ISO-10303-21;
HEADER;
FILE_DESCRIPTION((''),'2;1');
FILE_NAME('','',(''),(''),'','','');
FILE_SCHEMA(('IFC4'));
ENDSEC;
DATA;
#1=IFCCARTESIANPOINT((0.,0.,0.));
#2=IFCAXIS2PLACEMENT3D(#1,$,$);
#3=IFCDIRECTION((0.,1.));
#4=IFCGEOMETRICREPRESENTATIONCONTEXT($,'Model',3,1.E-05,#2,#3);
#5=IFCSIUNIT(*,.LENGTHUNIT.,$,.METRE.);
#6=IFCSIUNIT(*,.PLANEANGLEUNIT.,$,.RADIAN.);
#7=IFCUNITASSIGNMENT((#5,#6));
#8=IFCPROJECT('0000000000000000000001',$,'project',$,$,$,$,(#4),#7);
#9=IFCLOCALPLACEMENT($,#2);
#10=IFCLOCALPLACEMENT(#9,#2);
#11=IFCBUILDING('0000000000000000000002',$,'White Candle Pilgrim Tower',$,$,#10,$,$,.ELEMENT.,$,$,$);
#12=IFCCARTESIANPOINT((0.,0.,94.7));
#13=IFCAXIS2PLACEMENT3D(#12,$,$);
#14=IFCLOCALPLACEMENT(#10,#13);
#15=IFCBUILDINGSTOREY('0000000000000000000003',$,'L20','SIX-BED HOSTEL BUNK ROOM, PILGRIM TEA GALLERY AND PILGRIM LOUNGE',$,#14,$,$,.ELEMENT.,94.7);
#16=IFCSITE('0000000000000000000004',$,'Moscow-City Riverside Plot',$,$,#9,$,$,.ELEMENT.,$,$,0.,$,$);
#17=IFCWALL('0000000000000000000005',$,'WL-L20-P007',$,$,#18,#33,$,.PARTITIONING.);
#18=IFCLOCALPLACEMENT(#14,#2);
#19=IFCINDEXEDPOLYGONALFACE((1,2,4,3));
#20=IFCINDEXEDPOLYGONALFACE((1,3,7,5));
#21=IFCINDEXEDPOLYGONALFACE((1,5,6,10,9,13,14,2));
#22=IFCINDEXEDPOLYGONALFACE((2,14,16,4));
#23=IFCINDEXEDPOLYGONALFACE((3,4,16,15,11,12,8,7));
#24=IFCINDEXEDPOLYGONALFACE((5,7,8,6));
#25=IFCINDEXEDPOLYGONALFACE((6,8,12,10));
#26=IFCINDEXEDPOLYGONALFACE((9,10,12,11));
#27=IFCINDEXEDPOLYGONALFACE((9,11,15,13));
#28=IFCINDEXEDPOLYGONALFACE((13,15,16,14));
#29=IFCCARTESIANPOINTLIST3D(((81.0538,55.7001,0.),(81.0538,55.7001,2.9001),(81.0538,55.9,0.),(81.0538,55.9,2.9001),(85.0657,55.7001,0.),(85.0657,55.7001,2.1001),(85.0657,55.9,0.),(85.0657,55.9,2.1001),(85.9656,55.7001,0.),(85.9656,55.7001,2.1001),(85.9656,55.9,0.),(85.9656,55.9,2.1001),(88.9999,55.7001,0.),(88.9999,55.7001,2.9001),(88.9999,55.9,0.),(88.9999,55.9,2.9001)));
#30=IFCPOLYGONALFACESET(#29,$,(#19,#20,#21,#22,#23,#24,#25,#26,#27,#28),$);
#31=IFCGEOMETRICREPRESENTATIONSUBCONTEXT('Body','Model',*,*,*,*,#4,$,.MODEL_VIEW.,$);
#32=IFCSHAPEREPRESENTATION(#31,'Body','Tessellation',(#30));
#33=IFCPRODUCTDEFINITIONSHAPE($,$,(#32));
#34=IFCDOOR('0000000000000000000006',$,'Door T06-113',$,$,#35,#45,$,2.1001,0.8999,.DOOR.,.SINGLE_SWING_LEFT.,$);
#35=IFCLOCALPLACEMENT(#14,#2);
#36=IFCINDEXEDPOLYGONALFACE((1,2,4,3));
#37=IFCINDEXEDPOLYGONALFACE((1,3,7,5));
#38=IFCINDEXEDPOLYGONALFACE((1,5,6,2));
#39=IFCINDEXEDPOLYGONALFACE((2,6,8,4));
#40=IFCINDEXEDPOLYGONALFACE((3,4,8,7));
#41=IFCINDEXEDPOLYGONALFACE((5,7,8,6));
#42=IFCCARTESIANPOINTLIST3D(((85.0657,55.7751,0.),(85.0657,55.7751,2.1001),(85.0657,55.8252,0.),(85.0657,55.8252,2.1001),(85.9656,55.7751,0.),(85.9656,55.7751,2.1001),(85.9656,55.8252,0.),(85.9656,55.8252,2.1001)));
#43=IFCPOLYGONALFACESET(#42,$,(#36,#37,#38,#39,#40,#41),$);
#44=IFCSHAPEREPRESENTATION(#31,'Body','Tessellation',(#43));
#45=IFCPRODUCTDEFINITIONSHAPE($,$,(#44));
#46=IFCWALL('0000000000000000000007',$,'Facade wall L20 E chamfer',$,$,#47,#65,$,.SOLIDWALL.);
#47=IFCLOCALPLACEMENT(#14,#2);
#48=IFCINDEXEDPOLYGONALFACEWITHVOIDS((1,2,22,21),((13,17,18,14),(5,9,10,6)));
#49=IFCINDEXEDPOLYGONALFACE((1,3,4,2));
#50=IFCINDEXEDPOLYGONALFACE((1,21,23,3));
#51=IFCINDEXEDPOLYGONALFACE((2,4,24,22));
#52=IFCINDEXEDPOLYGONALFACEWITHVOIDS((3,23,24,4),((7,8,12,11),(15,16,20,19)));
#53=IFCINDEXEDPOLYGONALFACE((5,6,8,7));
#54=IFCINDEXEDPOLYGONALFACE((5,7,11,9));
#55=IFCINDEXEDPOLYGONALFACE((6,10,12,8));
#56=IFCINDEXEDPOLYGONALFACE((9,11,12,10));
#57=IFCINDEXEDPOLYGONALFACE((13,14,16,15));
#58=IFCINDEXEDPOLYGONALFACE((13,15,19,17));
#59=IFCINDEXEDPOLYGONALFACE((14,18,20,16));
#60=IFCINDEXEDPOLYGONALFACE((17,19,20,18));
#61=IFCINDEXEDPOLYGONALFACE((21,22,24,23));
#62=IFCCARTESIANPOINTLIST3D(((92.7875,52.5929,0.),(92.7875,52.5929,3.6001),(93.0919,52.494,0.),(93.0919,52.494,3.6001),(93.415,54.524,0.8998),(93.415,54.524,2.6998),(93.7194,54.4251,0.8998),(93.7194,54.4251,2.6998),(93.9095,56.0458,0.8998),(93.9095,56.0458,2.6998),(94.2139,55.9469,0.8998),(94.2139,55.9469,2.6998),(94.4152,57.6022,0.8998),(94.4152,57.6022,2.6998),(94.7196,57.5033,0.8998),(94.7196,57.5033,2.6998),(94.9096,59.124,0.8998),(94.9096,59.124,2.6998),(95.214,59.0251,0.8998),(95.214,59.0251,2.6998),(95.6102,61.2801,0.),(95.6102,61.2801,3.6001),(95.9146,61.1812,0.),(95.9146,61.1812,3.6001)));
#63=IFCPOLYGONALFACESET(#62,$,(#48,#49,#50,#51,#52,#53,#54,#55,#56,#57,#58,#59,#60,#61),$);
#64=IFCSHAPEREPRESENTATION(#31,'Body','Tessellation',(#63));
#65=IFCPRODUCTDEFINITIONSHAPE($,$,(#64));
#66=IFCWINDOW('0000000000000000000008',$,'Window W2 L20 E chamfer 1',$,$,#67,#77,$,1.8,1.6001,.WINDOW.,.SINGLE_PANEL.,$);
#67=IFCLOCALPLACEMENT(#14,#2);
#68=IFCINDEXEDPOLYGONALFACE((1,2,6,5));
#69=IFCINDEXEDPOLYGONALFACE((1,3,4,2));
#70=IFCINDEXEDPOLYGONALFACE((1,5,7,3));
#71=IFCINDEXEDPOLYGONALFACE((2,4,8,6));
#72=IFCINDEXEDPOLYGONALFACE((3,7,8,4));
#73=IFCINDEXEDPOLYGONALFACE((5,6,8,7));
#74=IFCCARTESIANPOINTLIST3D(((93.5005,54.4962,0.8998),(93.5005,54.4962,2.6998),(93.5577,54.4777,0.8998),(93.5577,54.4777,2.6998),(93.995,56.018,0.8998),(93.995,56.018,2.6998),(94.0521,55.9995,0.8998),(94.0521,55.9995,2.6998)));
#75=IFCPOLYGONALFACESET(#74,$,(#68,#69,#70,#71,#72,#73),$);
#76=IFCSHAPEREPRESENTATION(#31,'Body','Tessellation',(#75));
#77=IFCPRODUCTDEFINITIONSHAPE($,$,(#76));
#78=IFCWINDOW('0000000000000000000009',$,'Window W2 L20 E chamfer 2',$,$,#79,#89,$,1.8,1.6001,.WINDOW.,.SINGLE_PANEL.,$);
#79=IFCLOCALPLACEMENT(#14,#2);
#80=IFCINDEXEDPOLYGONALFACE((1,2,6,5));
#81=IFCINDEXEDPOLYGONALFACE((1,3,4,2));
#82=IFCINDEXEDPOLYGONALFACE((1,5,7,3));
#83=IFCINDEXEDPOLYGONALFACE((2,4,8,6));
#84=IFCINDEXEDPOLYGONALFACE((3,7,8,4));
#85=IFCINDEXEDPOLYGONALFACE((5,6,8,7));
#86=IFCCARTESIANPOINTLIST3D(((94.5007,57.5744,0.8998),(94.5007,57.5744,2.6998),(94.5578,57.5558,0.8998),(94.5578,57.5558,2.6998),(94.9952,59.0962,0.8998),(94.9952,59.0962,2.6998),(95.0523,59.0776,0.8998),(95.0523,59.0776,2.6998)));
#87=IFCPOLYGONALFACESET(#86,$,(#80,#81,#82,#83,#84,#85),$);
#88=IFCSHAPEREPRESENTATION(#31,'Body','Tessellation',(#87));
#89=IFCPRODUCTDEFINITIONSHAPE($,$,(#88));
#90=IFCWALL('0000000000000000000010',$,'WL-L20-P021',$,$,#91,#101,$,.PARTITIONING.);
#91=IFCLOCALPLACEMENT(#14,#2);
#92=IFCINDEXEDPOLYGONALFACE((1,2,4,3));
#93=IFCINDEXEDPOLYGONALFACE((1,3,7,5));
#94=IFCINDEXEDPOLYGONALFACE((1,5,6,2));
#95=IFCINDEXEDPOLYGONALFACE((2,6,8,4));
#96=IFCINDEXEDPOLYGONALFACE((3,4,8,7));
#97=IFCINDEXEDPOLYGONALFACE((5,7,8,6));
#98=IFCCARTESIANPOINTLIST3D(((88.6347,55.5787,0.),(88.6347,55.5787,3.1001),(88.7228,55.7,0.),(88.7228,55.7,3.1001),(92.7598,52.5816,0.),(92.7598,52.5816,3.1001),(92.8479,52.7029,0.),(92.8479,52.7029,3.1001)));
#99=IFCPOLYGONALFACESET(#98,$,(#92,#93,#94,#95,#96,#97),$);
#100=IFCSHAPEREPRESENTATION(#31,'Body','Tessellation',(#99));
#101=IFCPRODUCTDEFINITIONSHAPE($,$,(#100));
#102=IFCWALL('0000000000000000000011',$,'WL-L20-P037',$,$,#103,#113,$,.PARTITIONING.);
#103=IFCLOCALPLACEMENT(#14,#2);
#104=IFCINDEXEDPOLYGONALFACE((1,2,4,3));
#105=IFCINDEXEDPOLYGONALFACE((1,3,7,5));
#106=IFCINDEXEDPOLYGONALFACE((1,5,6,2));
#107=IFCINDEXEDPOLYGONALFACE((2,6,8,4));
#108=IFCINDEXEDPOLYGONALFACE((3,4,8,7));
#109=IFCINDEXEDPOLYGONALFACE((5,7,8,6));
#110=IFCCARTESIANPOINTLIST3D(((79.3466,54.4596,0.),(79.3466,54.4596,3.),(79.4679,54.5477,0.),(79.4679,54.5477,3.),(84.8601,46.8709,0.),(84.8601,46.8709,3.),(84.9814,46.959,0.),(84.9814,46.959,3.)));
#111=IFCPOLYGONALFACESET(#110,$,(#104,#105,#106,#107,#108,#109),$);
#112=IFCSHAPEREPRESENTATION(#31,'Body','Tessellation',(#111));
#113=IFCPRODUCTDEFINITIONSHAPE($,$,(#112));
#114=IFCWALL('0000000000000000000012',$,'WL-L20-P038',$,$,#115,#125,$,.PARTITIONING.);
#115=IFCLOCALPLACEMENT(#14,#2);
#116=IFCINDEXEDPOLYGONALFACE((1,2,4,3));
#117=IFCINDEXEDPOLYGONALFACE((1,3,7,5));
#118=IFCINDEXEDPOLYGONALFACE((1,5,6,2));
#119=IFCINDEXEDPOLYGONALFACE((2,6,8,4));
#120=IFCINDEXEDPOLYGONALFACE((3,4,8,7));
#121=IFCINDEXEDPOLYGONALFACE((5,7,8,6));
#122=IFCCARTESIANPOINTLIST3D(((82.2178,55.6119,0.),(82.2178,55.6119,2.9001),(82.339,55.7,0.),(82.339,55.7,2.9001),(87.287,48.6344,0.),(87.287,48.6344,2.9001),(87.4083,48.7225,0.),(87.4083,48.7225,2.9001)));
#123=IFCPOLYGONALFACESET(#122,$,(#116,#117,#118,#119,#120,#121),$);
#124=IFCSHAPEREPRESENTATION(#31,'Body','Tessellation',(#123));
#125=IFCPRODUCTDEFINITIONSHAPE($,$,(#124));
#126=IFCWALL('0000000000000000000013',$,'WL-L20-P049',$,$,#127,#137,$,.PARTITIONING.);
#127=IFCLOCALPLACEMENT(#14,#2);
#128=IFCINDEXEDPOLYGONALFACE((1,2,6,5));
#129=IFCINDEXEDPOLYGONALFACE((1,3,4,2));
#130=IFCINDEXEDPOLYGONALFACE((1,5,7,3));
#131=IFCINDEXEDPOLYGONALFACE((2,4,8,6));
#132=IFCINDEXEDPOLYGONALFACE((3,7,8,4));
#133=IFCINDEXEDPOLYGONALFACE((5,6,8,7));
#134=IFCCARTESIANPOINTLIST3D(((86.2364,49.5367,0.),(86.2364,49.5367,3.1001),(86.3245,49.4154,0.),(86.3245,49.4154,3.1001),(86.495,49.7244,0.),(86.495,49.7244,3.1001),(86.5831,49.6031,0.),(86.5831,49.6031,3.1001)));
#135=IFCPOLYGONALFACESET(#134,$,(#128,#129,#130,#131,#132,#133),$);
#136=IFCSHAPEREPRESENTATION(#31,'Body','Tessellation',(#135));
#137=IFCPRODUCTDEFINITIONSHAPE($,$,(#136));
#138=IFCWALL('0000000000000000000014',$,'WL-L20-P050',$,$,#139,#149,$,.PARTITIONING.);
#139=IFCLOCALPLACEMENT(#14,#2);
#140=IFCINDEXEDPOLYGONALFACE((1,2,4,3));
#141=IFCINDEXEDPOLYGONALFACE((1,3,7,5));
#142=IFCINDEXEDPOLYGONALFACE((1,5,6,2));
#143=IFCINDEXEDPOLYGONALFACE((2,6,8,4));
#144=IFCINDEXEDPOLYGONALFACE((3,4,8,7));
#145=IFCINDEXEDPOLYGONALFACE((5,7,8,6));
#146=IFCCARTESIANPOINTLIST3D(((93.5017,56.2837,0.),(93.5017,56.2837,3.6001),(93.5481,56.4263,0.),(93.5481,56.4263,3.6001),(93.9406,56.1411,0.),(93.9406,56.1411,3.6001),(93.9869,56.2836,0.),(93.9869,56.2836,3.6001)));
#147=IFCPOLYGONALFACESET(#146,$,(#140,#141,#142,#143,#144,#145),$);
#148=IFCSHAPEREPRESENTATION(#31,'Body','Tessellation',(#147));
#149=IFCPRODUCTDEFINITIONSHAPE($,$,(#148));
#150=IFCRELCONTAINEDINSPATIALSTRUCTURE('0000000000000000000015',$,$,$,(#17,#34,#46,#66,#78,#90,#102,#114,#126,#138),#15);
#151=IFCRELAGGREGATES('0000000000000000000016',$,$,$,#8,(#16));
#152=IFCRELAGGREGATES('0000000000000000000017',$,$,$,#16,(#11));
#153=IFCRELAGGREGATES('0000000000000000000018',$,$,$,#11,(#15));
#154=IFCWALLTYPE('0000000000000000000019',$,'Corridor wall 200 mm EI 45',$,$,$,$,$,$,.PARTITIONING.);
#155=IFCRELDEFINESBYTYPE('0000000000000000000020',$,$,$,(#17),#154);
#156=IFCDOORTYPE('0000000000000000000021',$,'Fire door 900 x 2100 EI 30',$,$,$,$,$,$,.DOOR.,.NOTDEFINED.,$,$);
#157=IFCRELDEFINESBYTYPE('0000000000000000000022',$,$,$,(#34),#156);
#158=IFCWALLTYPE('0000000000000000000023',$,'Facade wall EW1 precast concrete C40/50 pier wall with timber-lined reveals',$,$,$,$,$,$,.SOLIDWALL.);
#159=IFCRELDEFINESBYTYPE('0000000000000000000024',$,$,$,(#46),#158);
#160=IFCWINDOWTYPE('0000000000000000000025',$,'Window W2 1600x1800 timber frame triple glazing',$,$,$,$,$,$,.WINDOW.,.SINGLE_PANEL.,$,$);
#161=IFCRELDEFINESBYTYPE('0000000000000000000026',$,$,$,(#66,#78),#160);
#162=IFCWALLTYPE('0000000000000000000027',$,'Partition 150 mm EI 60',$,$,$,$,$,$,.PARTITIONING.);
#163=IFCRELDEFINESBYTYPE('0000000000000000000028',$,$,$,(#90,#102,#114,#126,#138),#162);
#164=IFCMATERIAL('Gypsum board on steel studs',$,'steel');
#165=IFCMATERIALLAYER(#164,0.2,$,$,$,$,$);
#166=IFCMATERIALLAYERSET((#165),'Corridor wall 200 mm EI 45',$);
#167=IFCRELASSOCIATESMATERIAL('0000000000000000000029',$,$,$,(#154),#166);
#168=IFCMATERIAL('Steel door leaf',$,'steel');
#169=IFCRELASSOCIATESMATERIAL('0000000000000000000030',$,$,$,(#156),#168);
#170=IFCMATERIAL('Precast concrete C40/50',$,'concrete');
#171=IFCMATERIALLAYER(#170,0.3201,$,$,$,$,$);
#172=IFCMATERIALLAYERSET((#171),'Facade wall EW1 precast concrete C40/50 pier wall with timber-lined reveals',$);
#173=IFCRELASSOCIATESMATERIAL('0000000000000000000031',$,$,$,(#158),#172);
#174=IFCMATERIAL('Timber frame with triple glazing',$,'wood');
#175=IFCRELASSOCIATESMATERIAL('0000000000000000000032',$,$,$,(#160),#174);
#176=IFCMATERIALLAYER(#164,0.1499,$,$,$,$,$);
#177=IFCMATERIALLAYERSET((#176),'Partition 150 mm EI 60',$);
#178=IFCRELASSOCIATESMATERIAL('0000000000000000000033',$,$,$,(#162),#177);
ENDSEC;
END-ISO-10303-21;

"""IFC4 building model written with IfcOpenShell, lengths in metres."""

from ifc_helpers import new_model, si_unit, direction, frame, frame_2d, origin, place, context, subcontext, project, spatial, rectangle, extrude, material, layer, layer_set, type_object, element, fill, save


model = new_model("IFC4")

# Units and contexts
model_context = context("Model", 3, precision=1e-05, world=origin(), true_north=direction((0.0, 1.0)))
body_context = subcontext(model_context, "Body", "Model", "MODEL_VIEW")
ifc_project = project(units=[si_unit("LENGTHUNIT", "METRE"), si_unit("PLANEANGLEUNIT", "RADIAN")], contexts=[model_context])

# Site, building, storey
site_placement = place(None, origin())
site = spatial("IfcSite", under=ifc_project, at=site_placement, Name="Moscow-City Riverside Plot", CompositionType="ELEMENT", RefElevation=0.0)
building_placement = place(site_placement, origin())
building = spatial("IfcBuilding", under=site, at=building_placement, Name="White Candle Pilgrim Tower", CompositionType="ELEMENT")
storey_placement = place(building_placement, frame((0.0, 0.0, 94.7)))
storey = spatial("IfcBuildingStorey", under=building, at=storey_placement, Name="L20", Description="SIX-BED HOSTEL BUNK ROOM, PILGRIM TEA GALLERY AND PILGRIM LOUNGE", CompositionType="ELEMENT", Elevation=94.7)

# Wall, opening, door
ifc_material_1 = material(Name="Gypsum board on steel studs", Category="steel")
ifc_layer_1 = layer(ifc_material_1, 0.2)
ifc_layer_set_1 = layer_set([ifc_layer_1], Name="Corridor wall 200 mm EI 45")
wall_type_1 = type_object("IfcWallType", Name="Corridor wall 200 mm EI 45", PredefinedType="PARTITIONING", material=ifc_layer_set_1)
wall_1_placement = place(storey_placement, frame((89.0, 55.8, 0.0), z_axis=(0.0, 0.0, 1.0), x_axis=(-1.0, 0.0, 0.0)))
wall_1 = element("IfcWall", 1, at=wall_1_placement, inside=storey, type_object=wall_type_1, Name="WL-L20-P007", PredefinedType="PARTITIONING", context=body_context, shape_type="SweptSolid", body=[
    extrude(rectangle(XDim=7.946, YDim=0.2, at=frame_2d((3.9731, 0.0))), origin(), (0.0, 0.0, 1.0), 2.9001),
])
opening_1_placement = place(wall_1_placement, frame((3.0344, 0.0, 0.0)))
opening_1 = element("IfcOpeningElement", 2, at=opening_1_placement, cuts=wall_1, PredefinedType="OPENING", context=body_context, shape_type="SweptSolid", body=[
    extrude(rectangle(XDim=0.8999, YDim=2.1001, at=frame_2d((0.45, 1.05))), frame((0.0, 0.1099, 0.0), z_axis=(0.0, -1.0, 0.0), x_axis=(1.0, 0.0, 0.0)), (0.0, 0.0, 1.0), 0.22),
])
ifc_material_2 = material(Name="Steel door leaf", Category="steel")
door_type = type_object("IfcDoorType", Name="Fire door 900 x 2100 EI 30", OperationType="NOTDEFINED", PredefinedType="DOOR", material=ifc_material_2)
door_placement = place(opening_1_placement, origin())
door = element("IfcDoor", 3, at=door_placement, inside=storey, type_object=door_type, Name="Door T06-113", OperationType="SINGLE_SWING_LEFT", OverallHeight=2.1001, OverallWidth=0.8999, PredefinedType="DOOR", context=body_context, shape_type="SweptSolid", body=[
    extrude(rectangle(XDim=0.8999, YDim=2.1001, at=frame_2d((0.45, 1.05))), frame((0.0, 0.0249, 0.0), z_axis=(0.0, -1.0, 0.0), x_axis=(1.0, 0.0, 0.0)), (0.0, 0.0, 1.0), 0.05),
])
fill(opening_1, door)

# Wall, openings, windows
ifc_material_3 = material(Name="Precast concrete C40/50", Category="concrete")
ifc_layer_2 = layer(ifc_material_3, 0.3201)
ifc_layer_set_2 = layer_set([ifc_layer_2], Name="Facade wall EW1 precast concrete C40/50 pier wall with timber-lined reveals")
wall_type_2 = type_object("IfcWallType", Name="Facade wall EW1 precast concrete C40/50 pier wall with timber-lined reveals", PredefinedType="SOLIDWALL", material=ifc_layer_set_2)
wall_2_placement = place(storey_placement, frame((92.9397, 52.5435, 0.0), z_axis=(0.0, 0.0, 1.0), x_axis=(0.309026, 0.951054, 0.0)))
wall_2 = element("IfcWall", 4, at=wall_2_placement, inside=storey, type_object=wall_type_2, Name="Facade wall L20 E chamfer", PredefinedType="SOLIDWALL", context=body_context, shape_type="SweptSolid", body=[
    extrude(rectangle(XDim=9.1343, YDim=0.3201, at=frame_2d((4.5671, 0.0))), origin(), (0.0, 0.0, 1.0), 3.6001),
])
opening_2_placement = place(wall_2_placement, frame((2.0305, 0.0, 0.8999)))
opening_2 = element("IfcOpeningElement", 5, at=opening_2_placement, cuts=wall_2, PredefinedType="OPENING", context=body_context, shape_type="SweptSolid", body=[
    extrude(rectangle(XDim=1.6001, YDim=1.8, at=frame_2d((0.8, 0.8999))), frame((0.0, 0.1699, 0.0), z_axis=(0.0, -1.0, 0.0), x_axis=(1.0, 0.0, 0.0)), (0.0, 0.0, 1.0), 0.3401),
])
opening_3_placement = place(wall_2_placement, frame((5.2671, 0.0, 0.8999)))
opening_3 = element("IfcOpeningElement", 6, at=opening_3_placement, cuts=wall_2, PredefinedType="OPENING", context=body_context, shape_type="SweptSolid", body=[
    extrude(rectangle(XDim=1.6001, YDim=1.8, at=frame_2d((0.8, 0.8999))), frame((0.0, 0.1699, 0.0), z_axis=(0.0, -1.0, 0.0), x_axis=(1.0, 0.0, 0.0)), (0.0, 0.0, 1.0), 0.3401),
])
ifc_material_4 = material(Name="Timber frame with triple glazing", Category="wood")
window_type = type_object("IfcWindowType", Name="Window W2 1600x1800 timber frame triple glazing", PartitioningType="SINGLE_PANEL", PredefinedType="WINDOW", material=ifc_material_4)
window_1_placement = place(opening_2_placement, origin())
window_1 = element("IfcWindow", 7, at=window_1_placement, inside=storey, type_object=window_type, Name="Window W2 L20 E chamfer 1", OverallHeight=1.8, OverallWidth=1.6001, PartitioningType="SINGLE_PANEL", PredefinedType="WINDOW", context=body_context, shape_type="SweptSolid", body=[
    extrude(rectangle(XDim=1.6001, YDim=1.8, at=frame_2d((0.8, 0.8999))), frame((0.0, 0.0701, 0.0), z_axis=(0.0, -1.0, 0.0), x_axis=(1.0, 0.0, 0.0)), (0.0, 0.0, 1.0), 0.0601),
])
fill(opening_2, window_1)
window_2_placement = place(opening_3_placement, origin())
window_2 = element("IfcWindow", 8, at=window_2_placement, inside=storey, type_object=window_type, Name="Window W2 L20 E chamfer 2", OverallHeight=1.8, OverallWidth=1.6001, PartitioningType="SINGLE_PANEL", PredefinedType="WINDOW", context=body_context, shape_type="SweptSolid", body=[
    extrude(rectangle(XDim=1.6001, YDim=1.8, at=frame_2d((0.8, 0.8999))), frame((0.0, 0.0701, 0.0), z_axis=(0.0, -1.0, 0.0), x_axis=(1.0, 0.0, 0.0)), (0.0, 0.0, 1.0), 0.0601),
])
fill(opening_3, window_2)

# Walls
ifc_layer_3 = layer(ifc_material_1, 0.1499)
ifc_layer_set_3 = layer_set([ifc_layer_3], Name="Partition 150 mm EI 60")
wall_type_3 = type_object("IfcWallType", Name="Partition 150 mm EI 60", PredefinedType="PARTITIONING", material=ifc_layer_set_3)
wall_3_placement = place(storey_placement, frame((92.8037, 52.6423, 0.0), z_axis=(0.0, 0.0, 1.0), x_axis=(-0.809009, 0.587796, 0.0)))
element("IfcWall", 9, at=wall_3_placement, inside=storey, type_object=wall_type_3, Name="WL-L20-P021", PredefinedType="PARTITIONING", context=body_context, shape_type="SweptSolid", body=[
    extrude(rectangle(XDim=5.0989, YDim=0.1499, at=frame_2d((2.5493, 0.0))), origin(), (0.0, 0.0, 1.0), 3.1001),
])
wall_4_placement = place(storey_placement, frame((84.9207, 46.915, 0.0), z_axis=(0.0, 0.0, 1.0), x_axis=(-0.587783, 0.809018, 0.0)))
element("IfcWall", 10, at=wall_4_placement, inside=storey, type_object=wall_type_3, Name="WL-L20-P037", PredefinedType="PARTITIONING", context=body_context, shape_type="SweptSolid", body=[
    extrude(rectangle(XDim=9.3801, YDim=0.1499, at=frame_2d((4.6899, 0.0))), origin(), (0.0, 0.0, 1.0), 3.0),
])
wall_5_placement = place(storey_placement, frame((87.3477, 48.6785, 0.0), z_axis=(0.0, 0.0, 1.0), x_axis=(-0.587774, 0.809025, 0.0)))
element("IfcWall", 11, at=wall_5_placement, inside=storey, type_object=wall_type_3, Name="WL-L20-P038", PredefinedType="PARTITIONING", context=body_context, shape_type="SweptSolid", body=[
    extrude(rectangle(XDim=8.6245, YDim=0.1499, at=frame_2d((4.3123, 0.0))), origin(), (0.0, 0.0, 1.0), 2.9001),
])
wall_6_placement = place(storey_placement, frame((86.2805, 49.4761, 0.0), z_axis=(0.0, 0.0, 1.0), x_axis=(0.809165, 0.587581, 0.0)))
element("IfcWall", 12, at=wall_6_placement, inside=storey, type_object=wall_type_3, Name="WL-L20-P049", PredefinedType="PARTITIONING", context=body_context, shape_type="SweptSolid", body=[
    extrude(rectangle(XDim=0.3196, YDim=0.1499, at=frame_2d((0.1597, 0.0))), origin(), (0.0, 0.0, 1.0), 3.1001),
])
wall_7_placement = place(storey_placement, frame((93.5249, 56.355, 0.0), z_axis=(0.0, 0.0, 1.0), x_axis=(0.951038, -0.309074, 0.0)))
element("IfcWall", 13, at=wall_7_placement, inside=storey, type_object=wall_type_3, Name="WL-L20-P050", PredefinedType="PARTITIONING", context=body_context, shape_type="SweptSolid", body=[
    extrude(rectangle(XDim=0.4614, YDim=0.1499, at=frame_2d((0.2307, 0.0))), origin(), (0.0, 0.0, 1.0), 3.6001),
])

save(model, "model.ifc")
